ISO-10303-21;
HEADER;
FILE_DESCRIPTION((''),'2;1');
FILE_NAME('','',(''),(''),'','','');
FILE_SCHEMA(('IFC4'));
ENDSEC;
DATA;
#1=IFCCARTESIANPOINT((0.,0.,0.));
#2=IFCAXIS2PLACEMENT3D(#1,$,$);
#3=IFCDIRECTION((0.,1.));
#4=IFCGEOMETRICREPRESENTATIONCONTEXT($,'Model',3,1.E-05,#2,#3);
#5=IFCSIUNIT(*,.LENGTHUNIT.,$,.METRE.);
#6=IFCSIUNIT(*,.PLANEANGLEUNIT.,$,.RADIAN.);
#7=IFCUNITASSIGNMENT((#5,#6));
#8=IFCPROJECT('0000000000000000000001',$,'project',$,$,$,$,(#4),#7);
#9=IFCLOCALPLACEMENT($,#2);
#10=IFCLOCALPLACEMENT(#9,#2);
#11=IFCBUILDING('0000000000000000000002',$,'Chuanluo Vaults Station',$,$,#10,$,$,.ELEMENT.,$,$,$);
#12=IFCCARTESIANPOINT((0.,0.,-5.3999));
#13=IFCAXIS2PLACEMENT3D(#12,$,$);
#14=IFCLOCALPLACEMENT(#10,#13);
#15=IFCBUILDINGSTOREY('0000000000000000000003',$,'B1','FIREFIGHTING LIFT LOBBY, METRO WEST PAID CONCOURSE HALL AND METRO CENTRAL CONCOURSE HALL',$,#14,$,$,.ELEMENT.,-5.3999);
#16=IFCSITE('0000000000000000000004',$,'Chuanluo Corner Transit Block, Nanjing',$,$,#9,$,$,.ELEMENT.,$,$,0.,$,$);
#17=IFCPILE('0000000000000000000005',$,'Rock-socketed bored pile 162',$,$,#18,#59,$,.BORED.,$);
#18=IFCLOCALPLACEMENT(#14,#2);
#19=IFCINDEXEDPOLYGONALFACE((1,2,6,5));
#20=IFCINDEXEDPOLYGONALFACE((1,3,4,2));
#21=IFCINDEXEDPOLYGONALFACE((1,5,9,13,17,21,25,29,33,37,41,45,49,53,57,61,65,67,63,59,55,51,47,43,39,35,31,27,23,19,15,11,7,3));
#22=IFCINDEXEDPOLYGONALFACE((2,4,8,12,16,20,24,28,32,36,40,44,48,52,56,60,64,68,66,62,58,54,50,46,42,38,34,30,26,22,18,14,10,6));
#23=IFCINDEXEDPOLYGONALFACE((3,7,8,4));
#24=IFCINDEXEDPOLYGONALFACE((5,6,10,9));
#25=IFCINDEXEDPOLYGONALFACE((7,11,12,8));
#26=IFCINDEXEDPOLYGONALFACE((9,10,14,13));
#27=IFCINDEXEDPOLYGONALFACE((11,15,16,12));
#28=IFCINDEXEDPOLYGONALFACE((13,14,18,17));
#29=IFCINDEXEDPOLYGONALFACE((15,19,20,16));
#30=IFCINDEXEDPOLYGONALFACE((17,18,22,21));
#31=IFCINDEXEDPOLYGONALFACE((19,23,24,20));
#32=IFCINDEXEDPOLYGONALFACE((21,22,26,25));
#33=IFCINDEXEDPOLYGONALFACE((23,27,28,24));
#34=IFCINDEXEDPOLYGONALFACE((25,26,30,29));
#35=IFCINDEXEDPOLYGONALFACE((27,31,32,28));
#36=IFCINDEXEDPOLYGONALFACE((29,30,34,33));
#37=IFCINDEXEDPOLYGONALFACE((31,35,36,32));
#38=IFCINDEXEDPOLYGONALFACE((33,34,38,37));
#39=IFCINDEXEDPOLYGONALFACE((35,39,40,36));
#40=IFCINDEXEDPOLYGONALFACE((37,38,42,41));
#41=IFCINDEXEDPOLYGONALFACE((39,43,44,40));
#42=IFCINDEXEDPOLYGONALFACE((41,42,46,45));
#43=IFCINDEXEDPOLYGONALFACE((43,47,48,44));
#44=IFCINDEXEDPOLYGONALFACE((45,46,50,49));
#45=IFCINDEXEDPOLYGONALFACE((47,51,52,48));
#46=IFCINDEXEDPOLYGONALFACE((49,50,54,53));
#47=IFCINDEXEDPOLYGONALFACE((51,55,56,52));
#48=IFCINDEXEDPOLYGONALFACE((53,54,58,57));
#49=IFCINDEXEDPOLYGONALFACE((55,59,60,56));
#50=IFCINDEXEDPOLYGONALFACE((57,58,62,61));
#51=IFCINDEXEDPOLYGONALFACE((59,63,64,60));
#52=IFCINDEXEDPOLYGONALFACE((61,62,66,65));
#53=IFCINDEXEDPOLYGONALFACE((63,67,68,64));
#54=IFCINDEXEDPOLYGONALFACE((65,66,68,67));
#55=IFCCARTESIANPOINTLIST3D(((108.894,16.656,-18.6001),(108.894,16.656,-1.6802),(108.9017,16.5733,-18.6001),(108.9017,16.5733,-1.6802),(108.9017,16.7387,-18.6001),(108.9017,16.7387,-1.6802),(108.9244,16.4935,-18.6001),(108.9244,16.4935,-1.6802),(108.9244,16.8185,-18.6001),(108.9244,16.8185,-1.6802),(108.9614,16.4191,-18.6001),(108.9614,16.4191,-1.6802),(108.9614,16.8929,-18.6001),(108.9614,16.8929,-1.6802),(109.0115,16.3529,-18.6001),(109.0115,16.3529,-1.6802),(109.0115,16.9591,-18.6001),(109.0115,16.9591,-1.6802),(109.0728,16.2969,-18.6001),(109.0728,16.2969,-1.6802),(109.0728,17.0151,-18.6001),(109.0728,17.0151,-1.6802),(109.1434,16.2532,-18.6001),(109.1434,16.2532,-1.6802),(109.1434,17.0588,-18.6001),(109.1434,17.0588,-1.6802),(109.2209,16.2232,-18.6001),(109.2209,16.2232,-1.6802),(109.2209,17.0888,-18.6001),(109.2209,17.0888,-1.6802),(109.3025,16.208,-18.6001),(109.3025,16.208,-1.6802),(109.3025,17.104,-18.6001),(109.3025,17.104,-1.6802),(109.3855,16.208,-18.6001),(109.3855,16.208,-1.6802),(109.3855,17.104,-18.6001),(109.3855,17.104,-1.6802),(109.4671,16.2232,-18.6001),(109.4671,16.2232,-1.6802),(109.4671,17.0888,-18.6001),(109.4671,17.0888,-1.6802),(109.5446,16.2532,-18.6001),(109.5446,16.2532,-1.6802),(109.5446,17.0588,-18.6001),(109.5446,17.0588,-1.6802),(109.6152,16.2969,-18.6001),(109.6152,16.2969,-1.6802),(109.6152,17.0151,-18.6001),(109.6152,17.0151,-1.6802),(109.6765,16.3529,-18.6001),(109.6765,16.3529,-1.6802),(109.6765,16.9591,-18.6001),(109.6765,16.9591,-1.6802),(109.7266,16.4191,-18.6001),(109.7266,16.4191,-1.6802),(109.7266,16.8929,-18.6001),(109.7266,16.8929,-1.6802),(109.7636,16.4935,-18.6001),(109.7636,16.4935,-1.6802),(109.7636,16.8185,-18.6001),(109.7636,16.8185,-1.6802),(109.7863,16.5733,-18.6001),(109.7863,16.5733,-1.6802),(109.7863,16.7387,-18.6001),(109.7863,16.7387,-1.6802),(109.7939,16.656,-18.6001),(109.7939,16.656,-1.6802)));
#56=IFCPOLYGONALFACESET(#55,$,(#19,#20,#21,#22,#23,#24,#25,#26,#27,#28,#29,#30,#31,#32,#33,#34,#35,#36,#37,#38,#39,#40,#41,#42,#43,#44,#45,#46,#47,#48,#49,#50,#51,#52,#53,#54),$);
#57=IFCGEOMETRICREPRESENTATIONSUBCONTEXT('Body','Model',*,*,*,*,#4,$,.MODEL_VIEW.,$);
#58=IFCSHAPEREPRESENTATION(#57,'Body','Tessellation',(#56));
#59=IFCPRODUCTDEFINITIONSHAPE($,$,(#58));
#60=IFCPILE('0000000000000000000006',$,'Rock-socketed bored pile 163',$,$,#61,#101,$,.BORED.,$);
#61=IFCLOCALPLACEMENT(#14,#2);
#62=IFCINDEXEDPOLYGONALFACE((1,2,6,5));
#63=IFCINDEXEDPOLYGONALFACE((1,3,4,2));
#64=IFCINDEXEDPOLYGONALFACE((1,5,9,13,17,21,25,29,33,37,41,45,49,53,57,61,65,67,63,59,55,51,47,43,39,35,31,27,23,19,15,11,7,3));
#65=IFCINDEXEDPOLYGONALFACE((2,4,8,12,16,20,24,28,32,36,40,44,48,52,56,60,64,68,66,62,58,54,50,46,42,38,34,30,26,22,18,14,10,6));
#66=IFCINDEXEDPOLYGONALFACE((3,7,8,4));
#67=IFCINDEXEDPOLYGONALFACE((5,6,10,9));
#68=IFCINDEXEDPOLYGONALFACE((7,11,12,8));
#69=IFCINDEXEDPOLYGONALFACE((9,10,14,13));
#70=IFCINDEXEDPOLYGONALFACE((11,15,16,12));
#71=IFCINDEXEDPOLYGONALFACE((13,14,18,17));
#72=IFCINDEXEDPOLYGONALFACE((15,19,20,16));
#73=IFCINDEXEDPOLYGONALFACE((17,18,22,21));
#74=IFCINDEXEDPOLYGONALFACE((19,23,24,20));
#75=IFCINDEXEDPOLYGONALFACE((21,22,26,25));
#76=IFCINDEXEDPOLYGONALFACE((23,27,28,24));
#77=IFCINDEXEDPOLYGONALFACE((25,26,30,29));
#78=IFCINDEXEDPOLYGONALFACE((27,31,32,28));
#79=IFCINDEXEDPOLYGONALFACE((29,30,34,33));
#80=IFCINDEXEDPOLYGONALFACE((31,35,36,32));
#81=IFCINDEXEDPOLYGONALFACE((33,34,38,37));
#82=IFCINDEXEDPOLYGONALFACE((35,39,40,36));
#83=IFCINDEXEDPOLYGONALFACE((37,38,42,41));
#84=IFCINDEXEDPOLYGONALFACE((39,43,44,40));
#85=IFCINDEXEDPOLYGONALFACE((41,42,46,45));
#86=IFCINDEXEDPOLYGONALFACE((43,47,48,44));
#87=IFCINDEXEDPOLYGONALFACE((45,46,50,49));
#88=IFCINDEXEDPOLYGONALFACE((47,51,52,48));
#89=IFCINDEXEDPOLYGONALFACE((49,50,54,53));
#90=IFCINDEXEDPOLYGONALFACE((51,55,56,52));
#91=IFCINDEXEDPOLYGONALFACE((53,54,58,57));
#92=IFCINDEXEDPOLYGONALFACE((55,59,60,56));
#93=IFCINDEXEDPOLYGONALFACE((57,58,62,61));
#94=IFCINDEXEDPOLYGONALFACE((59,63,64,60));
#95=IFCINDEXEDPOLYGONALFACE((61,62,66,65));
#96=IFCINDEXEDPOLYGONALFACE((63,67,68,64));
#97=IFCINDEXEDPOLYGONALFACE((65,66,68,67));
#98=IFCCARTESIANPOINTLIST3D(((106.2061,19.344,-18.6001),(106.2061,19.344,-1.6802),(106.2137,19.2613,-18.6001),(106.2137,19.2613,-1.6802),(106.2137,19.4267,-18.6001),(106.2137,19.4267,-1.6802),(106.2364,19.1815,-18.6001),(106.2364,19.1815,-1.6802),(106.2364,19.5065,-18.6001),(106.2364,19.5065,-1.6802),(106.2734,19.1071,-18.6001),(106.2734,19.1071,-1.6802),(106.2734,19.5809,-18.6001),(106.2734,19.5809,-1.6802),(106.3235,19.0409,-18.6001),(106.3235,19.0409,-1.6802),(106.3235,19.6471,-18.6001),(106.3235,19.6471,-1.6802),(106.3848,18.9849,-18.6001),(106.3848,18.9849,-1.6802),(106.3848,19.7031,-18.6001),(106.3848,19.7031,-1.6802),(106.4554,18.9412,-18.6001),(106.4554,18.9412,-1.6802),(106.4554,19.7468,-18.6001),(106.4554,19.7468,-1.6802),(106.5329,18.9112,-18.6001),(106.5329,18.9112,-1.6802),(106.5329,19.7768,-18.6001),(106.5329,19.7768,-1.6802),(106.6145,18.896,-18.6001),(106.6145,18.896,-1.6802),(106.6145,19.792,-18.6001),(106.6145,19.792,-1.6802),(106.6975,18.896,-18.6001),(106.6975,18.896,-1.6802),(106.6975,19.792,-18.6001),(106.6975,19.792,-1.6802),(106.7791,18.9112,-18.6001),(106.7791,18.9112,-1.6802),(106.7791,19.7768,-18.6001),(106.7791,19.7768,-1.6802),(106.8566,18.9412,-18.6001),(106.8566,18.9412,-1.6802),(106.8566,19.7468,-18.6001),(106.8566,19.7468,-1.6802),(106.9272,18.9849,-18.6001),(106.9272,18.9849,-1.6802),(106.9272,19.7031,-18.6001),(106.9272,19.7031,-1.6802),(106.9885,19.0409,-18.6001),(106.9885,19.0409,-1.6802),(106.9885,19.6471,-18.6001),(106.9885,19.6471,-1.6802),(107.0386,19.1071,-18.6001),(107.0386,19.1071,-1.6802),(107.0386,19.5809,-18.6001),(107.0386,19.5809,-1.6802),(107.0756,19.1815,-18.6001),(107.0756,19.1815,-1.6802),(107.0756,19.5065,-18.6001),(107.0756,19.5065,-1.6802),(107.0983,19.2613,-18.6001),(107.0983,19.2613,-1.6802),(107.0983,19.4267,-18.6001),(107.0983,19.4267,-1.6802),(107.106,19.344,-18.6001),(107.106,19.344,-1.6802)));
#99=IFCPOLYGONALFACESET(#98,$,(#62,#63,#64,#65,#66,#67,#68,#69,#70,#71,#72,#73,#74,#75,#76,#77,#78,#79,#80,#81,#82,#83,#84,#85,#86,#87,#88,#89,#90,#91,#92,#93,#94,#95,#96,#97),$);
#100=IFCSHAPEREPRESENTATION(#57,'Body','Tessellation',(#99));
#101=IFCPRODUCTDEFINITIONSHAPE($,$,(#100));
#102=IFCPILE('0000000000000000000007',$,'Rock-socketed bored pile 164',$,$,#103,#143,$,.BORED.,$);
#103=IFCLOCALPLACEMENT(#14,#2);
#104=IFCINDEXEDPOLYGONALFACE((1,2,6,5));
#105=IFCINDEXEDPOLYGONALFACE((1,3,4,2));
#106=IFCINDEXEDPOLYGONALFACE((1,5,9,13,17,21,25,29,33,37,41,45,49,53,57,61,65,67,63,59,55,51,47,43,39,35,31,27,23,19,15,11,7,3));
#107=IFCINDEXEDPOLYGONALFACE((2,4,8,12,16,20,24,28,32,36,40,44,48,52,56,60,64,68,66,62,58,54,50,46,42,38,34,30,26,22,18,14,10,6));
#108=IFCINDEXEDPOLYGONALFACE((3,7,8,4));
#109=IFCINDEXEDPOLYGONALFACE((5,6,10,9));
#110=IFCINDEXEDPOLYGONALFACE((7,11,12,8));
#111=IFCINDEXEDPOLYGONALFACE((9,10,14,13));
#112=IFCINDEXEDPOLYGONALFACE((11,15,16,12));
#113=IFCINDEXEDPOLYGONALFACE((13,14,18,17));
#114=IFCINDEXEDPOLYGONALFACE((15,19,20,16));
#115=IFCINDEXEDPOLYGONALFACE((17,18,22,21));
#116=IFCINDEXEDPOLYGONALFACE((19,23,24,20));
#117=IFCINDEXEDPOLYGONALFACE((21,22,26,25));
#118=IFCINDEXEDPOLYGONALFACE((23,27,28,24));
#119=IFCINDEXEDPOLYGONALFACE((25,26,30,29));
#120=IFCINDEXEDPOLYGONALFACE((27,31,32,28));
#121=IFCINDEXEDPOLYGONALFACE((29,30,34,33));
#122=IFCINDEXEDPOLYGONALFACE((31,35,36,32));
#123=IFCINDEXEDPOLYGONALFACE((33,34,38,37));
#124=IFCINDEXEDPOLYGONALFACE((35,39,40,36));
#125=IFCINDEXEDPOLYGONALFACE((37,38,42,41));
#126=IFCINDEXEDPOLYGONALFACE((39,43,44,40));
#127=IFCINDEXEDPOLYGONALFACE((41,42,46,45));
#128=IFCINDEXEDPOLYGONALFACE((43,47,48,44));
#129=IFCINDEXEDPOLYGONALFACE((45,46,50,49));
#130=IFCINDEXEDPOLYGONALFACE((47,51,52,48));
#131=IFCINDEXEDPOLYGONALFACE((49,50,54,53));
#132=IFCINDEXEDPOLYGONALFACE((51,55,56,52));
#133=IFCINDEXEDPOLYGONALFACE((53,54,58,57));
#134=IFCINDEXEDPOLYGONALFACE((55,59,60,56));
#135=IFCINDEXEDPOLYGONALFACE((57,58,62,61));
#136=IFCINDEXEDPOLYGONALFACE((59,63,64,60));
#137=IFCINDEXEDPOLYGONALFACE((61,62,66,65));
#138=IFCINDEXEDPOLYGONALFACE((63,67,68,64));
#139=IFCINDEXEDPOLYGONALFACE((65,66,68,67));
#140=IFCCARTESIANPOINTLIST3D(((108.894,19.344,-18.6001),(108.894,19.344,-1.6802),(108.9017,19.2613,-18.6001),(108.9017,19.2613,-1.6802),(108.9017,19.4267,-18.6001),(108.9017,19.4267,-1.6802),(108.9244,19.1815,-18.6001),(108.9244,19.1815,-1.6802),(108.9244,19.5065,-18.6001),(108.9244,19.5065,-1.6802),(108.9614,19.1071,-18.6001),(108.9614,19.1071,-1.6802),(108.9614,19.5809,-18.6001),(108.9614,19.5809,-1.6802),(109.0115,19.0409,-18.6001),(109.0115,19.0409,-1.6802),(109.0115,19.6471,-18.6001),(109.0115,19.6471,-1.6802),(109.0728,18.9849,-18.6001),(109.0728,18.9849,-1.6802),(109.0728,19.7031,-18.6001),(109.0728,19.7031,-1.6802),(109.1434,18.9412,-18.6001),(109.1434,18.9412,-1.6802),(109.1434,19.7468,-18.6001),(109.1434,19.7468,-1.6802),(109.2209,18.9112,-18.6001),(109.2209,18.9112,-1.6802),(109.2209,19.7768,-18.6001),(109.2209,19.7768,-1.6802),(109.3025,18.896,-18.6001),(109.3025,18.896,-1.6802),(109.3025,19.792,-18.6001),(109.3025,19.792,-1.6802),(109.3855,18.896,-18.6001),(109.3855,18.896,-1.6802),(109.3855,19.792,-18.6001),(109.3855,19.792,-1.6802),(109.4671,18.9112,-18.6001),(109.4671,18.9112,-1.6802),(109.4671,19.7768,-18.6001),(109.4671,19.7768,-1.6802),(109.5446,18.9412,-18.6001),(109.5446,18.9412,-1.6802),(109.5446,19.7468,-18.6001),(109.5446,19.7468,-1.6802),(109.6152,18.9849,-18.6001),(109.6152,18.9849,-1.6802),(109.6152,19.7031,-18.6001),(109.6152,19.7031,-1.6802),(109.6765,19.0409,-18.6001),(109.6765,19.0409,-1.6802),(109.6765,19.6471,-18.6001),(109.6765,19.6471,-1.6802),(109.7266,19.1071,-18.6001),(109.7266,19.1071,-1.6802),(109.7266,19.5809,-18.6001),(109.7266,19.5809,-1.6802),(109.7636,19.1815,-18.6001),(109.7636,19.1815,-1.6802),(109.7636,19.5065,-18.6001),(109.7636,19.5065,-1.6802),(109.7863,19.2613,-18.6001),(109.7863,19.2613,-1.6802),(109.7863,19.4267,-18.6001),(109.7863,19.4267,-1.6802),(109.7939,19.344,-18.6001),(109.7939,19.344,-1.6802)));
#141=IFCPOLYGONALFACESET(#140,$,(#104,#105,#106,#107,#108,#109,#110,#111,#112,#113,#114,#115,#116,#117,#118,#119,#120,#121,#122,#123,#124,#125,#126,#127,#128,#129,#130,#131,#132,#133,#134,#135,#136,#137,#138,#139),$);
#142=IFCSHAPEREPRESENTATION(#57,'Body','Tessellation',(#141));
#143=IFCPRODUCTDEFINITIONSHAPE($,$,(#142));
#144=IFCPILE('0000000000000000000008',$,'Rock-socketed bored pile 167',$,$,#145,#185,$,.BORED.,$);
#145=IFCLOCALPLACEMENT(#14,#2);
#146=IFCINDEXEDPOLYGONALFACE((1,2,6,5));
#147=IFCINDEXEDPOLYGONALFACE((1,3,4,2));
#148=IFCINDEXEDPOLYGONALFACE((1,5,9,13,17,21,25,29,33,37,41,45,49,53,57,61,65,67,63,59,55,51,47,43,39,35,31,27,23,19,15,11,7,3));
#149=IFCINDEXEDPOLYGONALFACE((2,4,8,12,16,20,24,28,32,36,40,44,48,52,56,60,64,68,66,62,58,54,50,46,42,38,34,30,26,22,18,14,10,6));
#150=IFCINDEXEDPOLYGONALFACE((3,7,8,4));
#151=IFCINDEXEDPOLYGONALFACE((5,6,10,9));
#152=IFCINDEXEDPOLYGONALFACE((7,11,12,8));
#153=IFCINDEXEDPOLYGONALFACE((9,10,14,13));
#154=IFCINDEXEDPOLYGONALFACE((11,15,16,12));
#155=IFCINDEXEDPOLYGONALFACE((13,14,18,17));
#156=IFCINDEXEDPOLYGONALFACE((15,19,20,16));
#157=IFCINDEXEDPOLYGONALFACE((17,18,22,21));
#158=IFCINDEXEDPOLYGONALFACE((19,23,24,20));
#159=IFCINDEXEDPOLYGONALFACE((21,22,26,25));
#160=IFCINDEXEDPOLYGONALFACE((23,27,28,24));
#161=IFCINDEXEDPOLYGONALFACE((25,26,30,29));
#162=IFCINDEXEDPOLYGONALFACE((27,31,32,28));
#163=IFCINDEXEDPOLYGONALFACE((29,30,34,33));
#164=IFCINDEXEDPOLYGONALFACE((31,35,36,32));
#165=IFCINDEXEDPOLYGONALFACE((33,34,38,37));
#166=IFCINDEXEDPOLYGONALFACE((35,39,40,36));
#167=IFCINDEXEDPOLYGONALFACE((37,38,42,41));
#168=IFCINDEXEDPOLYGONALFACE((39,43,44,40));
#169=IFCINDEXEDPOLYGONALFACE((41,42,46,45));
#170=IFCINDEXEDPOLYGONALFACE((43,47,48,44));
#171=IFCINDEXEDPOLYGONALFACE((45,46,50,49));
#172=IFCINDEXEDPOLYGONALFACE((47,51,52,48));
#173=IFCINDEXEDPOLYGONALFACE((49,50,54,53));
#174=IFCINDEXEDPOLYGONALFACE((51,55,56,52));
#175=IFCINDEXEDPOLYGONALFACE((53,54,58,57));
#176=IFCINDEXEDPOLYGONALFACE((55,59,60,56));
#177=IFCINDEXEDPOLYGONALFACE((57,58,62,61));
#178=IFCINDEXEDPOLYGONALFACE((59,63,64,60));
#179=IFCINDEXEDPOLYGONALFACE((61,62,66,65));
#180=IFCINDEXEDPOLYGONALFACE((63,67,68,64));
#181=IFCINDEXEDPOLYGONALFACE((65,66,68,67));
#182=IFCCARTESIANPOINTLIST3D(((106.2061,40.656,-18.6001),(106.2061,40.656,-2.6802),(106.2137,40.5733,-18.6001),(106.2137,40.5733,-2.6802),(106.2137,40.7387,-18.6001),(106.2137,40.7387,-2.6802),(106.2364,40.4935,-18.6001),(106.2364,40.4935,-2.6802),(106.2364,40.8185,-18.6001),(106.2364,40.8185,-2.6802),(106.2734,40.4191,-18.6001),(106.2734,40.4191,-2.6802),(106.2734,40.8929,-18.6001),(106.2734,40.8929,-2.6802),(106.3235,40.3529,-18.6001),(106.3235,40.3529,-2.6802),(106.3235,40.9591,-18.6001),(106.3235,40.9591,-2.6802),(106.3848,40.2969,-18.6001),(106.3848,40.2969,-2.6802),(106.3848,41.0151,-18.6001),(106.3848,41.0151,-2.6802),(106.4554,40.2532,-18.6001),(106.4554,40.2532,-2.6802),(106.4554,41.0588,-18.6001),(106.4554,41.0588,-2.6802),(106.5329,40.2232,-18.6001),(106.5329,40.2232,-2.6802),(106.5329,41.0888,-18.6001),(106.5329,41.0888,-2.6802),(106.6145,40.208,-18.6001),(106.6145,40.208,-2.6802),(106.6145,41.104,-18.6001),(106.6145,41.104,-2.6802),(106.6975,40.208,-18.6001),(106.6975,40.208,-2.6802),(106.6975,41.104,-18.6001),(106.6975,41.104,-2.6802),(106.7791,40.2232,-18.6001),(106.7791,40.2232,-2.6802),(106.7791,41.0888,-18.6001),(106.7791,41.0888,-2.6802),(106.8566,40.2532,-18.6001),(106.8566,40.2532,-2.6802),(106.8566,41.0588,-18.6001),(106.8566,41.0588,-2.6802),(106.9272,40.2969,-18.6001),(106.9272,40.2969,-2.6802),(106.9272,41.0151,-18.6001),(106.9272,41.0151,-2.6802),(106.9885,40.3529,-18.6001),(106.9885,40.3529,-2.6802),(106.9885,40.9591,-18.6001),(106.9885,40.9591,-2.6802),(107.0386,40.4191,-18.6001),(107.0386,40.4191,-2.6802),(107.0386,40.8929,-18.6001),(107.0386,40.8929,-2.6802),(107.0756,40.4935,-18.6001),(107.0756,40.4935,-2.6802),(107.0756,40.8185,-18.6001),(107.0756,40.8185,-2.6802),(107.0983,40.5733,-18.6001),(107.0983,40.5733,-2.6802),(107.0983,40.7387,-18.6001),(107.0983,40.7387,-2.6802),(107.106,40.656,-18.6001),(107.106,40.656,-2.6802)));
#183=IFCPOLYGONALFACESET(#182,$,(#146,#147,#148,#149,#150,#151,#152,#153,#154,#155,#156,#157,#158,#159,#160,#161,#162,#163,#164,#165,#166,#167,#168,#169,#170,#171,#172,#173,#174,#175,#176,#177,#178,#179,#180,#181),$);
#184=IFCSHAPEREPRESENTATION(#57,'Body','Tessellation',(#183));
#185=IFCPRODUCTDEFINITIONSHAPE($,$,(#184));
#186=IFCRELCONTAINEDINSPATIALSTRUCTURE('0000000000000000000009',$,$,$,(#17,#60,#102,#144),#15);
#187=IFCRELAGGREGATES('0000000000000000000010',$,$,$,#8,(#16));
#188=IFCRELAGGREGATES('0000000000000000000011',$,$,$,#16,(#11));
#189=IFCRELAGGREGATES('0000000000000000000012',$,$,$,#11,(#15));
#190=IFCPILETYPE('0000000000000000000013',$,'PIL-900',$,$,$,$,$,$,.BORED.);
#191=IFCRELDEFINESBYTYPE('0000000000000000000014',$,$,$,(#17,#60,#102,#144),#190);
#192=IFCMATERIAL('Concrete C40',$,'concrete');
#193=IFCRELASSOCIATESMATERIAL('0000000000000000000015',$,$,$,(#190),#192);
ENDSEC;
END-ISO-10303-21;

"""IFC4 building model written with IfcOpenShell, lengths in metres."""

from ifc_helpers import new_model, si_unit, direction, frame, origin, origin_2d, place, context, subcontext, project, spatial, circle, extrude, material, material_profile, profile_set, type_object, element, save


model = new_model("IFC4")

# Units and contexts
model_context = context("Model", 3, precision=1e-05, world=origin(), true_north=direction((0.0, 1.0)))
body_context = subcontext(model_context, "Body", "Model", "MODEL_VIEW")
ifc_project = project(units=[si_unit("LENGTHUNIT", "METRE"), si_unit("PLANEANGLEUNIT", "RADIAN")], contexts=[model_context])

# Site, building, storey
site_placement = place(None, origin())
site = spatial("IfcSite", under=ifc_project, at=site_placement, Name="Chuanluo Corner Transit Block, Nanjing", CompositionType="ELEMENT", RefElevation=0.0)
building_placement = place(site_placement, origin())
building = spatial("IfcBuilding", under=site, at=building_placement, Name="Chuanluo Vaults Station", CompositionType="ELEMENT")
storey_placement = place(building_placement, frame((0.0, 0.0, -5.3999)))
storey = spatial("IfcBuildingStorey", under=building, at=storey_placement, Name="B1", Description="FIREFIGHTING LIFT LOBBY, METRO WEST PAID CONCOURSE HALL AND METRO CENTRAL CONCOURSE HALL", CompositionType="ELEMENT", Elevation=-5.3999)

# Piles
ifc_material_1 = material(Name="Concrete C40", Category="concrete")
ifc_material_profile_1 = material_profile(ifc_material_1, circle(Radius=0.45, at=origin_2d()))
ifc_profile_set_1 = profile_set([ifc_material_profile_1], Name="Concrete C40")
pile_type_1 = type_object("IfcPileType", Name="PIL-900", PredefinedType="BORED", material=ifc_profile_set_1)
for number, where, z_axis, x_axis, name in (
    (1, (109.344, 16.656, -1.6802), (0.0, 0.0, -1.0), (1.0, 0.0, 0.0), "Rock-socketed bored pile 162"),
    (2, (106.656, 19.344, -1.6802), (0.0, 0.0, -1.0), (1.0, 0.0, 0.0), "Rock-socketed bored pile 163"),
    (3, (109.344, 19.344, -1.6802), (0.0, 0.0, -1.0), (1.0, 0.0, 0.0), "Rock-socketed bored pile 164"),
):
    element("IfcPile", number, at=place(storey_placement, frame(where, z_axis=z_axis, x_axis=x_axis)), inside=storey, type_object=pile_type_1, Name=name, PredefinedType="BORED", context=body_context, shape_type="SweptSolid", body=[
        extrude(circle(Radius=0.45, at=origin_2d()), origin(), (0.0, 0.0, 1.0), 16.9199),
    ])
pile_placement = place(storey_placement, frame((106.656, 40.656, -2.6802), z_axis=(0.0, 0.0, -1.0), x_axis=(1.0, 0.0, 0.0)))
element("IfcPile", 4, at=pile_placement, inside=storey, type_object=pile_type_1, Name="Rock-socketed bored pile 167", PredefinedType="BORED", context=body_context, shape_type="SweptSolid", body=[
    extrude(circle(Radius=0.45, at=origin_2d()), origin(), (0.0, 0.0, 1.0), 15.9199),
])

save(model, "model.ifc")
